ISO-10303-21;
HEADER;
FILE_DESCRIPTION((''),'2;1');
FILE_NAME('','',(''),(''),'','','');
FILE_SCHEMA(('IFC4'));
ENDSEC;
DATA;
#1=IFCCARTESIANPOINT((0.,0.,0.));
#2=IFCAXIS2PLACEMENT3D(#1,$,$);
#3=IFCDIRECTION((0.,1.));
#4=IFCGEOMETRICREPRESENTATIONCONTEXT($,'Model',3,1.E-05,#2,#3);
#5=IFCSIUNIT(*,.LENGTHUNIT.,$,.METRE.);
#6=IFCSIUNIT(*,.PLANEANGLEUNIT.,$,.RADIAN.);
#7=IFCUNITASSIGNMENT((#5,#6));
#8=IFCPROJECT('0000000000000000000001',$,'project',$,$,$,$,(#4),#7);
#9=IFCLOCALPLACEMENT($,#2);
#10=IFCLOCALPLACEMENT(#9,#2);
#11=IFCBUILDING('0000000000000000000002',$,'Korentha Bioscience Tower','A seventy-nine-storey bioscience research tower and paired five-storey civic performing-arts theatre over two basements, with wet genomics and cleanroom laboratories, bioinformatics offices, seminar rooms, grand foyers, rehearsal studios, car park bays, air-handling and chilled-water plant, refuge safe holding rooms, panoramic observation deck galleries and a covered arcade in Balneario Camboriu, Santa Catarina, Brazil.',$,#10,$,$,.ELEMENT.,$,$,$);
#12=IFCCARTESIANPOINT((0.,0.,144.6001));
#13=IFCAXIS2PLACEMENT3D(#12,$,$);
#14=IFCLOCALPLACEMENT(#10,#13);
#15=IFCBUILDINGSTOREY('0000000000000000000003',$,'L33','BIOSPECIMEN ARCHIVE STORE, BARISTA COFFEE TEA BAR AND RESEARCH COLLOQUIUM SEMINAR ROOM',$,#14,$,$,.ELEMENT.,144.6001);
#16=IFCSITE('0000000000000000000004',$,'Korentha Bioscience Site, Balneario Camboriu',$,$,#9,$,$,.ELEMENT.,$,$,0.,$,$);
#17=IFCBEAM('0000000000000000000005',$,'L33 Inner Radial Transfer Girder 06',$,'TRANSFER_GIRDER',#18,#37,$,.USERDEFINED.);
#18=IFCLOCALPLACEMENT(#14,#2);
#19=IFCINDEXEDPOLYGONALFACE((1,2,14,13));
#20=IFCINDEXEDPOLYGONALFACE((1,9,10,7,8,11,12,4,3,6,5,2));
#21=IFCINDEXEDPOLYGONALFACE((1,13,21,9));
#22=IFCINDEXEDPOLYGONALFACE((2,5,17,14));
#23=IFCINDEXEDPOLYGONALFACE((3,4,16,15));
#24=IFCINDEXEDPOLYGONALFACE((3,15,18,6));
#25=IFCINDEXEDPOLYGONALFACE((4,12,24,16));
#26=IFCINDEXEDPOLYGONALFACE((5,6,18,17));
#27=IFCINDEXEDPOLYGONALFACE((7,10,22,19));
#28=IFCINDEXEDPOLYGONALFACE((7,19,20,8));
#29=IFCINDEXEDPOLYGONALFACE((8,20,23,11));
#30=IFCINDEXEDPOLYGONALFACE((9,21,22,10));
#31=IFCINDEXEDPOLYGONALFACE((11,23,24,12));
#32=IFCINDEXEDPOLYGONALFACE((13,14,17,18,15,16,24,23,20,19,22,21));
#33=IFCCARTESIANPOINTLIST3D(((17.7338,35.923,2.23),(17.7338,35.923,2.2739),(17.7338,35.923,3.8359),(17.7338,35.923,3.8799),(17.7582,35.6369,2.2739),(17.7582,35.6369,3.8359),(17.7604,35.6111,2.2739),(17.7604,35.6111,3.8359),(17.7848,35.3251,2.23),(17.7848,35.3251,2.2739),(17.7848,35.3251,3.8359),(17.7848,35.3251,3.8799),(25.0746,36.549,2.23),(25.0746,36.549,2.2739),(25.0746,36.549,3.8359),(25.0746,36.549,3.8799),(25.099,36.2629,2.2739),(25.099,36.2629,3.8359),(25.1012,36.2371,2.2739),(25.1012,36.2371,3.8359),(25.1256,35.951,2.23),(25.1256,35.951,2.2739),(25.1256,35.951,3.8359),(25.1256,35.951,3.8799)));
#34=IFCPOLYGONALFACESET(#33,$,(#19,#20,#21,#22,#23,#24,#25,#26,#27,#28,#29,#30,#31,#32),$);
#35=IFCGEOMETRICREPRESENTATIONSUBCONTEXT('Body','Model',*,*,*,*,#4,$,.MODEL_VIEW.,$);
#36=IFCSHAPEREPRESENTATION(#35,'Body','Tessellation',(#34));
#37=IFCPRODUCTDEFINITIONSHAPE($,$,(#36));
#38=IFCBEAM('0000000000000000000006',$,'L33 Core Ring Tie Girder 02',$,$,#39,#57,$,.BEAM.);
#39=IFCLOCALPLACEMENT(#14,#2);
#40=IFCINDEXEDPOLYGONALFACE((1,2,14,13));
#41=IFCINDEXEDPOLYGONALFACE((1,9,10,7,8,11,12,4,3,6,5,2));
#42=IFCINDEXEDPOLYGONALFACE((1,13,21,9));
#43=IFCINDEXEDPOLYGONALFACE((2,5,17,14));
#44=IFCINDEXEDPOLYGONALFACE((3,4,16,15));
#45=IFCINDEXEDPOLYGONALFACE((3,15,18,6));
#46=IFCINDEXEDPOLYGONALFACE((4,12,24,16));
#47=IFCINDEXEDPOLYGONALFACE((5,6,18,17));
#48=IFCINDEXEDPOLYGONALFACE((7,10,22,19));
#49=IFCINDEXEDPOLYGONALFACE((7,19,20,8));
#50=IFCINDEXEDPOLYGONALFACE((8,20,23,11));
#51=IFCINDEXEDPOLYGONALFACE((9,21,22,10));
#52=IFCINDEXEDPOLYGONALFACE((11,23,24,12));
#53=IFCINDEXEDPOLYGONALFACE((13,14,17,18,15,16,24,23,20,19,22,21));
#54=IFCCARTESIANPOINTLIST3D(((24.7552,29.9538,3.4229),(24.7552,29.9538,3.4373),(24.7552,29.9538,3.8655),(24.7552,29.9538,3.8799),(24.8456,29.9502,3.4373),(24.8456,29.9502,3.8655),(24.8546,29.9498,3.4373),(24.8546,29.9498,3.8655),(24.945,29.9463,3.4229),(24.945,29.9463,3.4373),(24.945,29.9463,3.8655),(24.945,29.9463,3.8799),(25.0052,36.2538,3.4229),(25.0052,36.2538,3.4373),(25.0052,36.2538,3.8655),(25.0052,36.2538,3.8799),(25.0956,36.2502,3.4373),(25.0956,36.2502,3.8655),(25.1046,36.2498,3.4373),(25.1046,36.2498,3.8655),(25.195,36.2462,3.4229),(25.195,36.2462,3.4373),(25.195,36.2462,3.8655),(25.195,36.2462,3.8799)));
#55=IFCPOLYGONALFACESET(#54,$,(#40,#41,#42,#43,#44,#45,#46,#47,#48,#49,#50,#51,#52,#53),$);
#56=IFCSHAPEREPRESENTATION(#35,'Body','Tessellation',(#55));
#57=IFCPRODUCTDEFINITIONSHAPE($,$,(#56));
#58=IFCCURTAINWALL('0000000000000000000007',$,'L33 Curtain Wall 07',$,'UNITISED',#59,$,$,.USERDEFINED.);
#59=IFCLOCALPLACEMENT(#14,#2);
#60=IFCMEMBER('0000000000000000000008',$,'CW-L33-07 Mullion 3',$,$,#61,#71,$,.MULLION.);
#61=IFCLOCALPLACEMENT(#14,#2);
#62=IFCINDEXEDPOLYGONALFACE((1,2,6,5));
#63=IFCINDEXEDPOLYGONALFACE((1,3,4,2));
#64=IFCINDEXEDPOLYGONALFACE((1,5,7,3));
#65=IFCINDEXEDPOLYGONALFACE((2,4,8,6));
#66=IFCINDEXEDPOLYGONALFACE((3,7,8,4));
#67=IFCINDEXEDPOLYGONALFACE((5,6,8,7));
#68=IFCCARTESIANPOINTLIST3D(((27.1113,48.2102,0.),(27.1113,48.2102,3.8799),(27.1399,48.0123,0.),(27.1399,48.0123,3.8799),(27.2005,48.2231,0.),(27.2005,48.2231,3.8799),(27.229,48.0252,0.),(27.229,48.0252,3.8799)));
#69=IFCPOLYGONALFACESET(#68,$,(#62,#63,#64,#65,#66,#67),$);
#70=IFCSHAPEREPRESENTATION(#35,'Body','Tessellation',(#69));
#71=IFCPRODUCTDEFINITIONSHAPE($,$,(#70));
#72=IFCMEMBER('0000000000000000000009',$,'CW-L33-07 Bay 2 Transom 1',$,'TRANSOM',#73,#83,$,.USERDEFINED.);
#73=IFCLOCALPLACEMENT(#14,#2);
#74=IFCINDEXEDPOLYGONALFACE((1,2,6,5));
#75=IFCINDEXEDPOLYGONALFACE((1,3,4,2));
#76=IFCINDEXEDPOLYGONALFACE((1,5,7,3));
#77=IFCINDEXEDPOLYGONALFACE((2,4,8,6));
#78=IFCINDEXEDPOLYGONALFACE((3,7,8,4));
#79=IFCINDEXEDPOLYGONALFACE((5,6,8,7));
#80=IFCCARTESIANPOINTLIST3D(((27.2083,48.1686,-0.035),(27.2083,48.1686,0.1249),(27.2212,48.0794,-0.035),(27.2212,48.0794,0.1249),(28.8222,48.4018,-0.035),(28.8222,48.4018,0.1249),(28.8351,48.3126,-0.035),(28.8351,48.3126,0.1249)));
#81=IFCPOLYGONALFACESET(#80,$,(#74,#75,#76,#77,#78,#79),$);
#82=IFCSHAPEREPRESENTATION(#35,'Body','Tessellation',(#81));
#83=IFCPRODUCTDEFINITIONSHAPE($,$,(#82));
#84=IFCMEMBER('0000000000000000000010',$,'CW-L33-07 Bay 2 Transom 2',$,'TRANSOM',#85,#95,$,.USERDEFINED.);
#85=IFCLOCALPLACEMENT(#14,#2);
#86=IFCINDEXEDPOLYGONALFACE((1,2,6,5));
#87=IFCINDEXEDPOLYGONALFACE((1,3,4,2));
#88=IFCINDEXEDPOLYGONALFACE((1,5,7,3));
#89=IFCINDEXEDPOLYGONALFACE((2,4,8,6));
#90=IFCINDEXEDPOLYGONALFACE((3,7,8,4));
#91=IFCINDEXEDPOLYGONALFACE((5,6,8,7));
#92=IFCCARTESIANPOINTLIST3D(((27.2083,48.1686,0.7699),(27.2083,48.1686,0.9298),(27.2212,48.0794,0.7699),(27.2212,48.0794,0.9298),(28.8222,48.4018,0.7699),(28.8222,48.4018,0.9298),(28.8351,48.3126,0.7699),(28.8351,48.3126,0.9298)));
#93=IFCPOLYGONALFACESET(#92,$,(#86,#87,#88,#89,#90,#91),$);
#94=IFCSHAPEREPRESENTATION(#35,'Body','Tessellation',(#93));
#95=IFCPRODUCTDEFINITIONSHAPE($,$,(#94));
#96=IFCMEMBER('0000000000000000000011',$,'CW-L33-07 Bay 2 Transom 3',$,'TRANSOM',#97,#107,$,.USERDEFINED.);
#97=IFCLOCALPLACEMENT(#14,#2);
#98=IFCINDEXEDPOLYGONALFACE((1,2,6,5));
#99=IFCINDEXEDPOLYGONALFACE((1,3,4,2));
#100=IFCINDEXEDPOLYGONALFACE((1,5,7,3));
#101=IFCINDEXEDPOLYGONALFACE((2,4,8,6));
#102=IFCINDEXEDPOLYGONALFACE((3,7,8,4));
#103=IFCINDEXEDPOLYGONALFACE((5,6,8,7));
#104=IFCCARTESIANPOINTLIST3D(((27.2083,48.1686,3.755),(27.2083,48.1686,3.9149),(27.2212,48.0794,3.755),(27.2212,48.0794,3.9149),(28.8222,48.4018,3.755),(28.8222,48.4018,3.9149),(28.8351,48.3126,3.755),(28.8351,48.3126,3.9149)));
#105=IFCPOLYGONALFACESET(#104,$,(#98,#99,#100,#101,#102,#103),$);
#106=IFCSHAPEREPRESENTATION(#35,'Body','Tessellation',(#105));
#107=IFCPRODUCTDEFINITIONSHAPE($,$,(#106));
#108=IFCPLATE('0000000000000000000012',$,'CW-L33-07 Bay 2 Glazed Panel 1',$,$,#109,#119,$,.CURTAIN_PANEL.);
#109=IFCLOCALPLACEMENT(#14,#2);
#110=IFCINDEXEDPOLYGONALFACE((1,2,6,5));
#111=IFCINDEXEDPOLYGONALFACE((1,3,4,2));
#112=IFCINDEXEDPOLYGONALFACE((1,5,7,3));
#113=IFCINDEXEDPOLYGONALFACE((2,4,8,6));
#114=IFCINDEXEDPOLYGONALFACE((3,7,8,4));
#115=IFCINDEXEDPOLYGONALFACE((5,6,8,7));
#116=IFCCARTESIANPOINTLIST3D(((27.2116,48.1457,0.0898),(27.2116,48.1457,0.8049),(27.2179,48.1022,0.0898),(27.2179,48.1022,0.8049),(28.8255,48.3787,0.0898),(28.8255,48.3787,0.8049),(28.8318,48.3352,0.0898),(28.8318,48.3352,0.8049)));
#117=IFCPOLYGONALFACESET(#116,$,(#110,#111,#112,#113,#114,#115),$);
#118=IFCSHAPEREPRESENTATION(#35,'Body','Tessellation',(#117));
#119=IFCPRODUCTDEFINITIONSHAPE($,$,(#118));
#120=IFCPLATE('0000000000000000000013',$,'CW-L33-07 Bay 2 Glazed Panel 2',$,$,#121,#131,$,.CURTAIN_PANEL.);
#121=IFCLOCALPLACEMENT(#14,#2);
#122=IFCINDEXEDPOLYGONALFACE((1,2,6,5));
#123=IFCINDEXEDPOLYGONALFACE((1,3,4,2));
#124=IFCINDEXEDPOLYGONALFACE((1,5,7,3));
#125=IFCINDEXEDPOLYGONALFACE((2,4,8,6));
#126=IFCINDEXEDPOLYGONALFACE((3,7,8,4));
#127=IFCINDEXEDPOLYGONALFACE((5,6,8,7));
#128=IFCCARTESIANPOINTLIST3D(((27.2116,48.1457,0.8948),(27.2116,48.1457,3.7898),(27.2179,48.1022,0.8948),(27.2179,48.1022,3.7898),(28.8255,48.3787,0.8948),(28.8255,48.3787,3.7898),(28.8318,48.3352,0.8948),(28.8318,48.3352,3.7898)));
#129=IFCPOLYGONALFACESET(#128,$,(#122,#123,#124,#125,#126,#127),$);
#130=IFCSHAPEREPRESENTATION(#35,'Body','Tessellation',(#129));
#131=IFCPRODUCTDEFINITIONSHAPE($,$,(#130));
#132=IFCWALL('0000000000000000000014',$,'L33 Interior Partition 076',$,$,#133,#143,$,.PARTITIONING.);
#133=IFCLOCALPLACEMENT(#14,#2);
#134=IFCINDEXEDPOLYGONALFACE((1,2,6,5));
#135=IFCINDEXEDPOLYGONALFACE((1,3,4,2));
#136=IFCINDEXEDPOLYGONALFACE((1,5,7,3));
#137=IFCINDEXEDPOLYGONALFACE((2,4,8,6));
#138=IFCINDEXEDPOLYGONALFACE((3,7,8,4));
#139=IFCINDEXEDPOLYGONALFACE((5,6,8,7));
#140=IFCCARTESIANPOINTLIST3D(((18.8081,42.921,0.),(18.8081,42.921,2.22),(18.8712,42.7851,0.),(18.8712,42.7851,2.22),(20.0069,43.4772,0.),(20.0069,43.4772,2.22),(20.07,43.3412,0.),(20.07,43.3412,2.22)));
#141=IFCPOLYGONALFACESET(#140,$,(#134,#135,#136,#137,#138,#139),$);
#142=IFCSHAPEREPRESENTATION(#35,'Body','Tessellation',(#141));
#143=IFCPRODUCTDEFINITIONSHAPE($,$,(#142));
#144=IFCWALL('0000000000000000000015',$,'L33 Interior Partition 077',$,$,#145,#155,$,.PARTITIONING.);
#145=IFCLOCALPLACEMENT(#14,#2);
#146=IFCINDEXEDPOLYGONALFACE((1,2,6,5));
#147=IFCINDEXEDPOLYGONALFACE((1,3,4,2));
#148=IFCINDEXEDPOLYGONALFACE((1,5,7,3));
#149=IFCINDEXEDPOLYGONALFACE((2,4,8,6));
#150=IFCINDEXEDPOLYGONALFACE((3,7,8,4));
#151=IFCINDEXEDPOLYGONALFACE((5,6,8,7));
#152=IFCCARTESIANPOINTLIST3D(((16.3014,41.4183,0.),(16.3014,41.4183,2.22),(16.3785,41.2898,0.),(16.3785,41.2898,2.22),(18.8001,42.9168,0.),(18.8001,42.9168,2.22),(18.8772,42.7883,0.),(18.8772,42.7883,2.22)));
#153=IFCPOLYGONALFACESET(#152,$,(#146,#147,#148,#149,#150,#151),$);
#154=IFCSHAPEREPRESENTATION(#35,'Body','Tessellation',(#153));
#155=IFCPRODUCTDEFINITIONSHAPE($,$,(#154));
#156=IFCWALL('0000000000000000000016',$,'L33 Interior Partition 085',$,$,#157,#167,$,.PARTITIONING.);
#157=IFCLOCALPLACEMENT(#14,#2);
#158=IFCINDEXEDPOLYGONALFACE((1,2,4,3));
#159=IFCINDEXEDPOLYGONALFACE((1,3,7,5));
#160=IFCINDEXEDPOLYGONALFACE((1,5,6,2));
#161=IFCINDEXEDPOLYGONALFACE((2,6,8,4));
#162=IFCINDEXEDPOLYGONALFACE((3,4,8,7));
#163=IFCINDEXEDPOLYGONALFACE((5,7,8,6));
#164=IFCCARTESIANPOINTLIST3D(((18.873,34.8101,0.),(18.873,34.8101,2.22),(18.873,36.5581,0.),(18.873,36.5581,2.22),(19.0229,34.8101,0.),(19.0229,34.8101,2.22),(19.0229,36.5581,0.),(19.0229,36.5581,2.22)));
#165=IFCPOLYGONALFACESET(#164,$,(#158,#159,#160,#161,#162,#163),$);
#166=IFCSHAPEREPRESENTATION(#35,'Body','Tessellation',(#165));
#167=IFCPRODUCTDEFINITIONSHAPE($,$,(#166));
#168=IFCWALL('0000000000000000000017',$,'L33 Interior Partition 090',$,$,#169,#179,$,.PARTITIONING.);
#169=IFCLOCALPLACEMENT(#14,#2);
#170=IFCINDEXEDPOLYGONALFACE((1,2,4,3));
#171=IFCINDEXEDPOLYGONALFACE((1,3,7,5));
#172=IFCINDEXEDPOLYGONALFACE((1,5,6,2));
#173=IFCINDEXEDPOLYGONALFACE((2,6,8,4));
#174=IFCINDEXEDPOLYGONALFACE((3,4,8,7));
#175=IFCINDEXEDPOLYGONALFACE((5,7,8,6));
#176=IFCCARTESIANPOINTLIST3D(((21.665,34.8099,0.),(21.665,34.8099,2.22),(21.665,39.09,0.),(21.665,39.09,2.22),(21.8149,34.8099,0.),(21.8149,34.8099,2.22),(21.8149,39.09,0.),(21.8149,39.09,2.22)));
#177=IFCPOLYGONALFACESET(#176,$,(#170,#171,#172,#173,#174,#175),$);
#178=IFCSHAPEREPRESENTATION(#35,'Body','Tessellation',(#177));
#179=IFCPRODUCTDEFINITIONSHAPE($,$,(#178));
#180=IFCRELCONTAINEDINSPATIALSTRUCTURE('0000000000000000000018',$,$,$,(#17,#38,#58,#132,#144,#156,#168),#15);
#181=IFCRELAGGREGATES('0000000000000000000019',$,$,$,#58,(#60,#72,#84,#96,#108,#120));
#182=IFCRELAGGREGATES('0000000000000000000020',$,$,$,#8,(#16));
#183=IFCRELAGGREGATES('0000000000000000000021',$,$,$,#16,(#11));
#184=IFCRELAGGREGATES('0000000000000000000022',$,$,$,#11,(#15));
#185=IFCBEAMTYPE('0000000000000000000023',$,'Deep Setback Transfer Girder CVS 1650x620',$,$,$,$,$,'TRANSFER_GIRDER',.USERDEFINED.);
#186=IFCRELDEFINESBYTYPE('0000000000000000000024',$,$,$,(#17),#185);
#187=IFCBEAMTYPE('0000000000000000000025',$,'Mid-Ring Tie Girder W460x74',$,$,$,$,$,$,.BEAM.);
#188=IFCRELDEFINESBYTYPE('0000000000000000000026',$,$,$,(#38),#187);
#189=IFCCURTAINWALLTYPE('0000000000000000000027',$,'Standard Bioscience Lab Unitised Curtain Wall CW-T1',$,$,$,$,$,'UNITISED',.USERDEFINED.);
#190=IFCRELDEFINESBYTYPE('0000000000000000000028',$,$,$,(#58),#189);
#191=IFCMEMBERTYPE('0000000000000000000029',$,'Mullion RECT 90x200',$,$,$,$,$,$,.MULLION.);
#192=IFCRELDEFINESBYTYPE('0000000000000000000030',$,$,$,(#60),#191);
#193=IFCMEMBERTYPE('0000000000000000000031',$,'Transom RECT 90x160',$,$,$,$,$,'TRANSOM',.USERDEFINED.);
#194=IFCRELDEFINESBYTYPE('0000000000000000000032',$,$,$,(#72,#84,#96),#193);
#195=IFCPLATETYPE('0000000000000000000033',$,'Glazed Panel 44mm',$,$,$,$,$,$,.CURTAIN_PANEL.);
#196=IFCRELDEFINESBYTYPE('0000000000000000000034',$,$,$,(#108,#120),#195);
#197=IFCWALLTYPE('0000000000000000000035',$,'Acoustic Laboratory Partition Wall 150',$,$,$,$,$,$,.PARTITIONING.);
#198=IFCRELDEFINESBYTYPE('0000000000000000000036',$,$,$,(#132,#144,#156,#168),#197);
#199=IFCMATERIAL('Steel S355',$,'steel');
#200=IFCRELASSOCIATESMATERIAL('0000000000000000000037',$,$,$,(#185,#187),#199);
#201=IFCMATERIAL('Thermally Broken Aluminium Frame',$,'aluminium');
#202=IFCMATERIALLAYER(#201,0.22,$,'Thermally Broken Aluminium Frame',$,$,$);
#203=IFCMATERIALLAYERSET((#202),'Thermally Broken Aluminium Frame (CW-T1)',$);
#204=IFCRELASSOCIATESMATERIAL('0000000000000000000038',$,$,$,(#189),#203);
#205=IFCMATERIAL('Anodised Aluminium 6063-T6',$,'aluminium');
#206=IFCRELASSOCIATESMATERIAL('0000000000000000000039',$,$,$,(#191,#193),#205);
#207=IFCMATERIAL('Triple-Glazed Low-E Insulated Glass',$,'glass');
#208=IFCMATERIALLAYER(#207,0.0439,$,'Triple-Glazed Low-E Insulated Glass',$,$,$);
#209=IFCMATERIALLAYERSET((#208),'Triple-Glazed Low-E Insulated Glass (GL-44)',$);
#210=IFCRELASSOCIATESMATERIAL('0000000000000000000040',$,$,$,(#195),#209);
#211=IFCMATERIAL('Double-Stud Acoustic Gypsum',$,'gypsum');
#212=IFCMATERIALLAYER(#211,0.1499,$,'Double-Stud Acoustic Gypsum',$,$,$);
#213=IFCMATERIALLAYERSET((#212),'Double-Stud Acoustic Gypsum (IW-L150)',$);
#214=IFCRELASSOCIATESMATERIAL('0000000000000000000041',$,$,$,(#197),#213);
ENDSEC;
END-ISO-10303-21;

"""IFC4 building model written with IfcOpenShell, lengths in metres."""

from ifc_helpers import new_model, si_unit, direction, frame, frame_2d, origin, origin_2d, place, context, subcontext, project, spatial, rectangle, i_section, extrude, material, layer, layer_set, material_profile, profile_set, type_object, element, aggregate, save


model = new_model("IFC4")

# Units and contexts
model_context = context("Model", 3, precision=1e-05, world=origin(), true_north=direction((0.0, 1.0)))
body_context = subcontext(model_context, "Body", "Model", "MODEL_VIEW")
ifc_project = project(units=[si_unit("LENGTHUNIT", "METRE"), si_unit("PLANEANGLEUNIT", "RADIAN")], contexts=[model_context])

# Site, building, storey
site_placement = place(None, origin())
site = spatial("IfcSite", under=ifc_project, at=site_placement, Name="Korentha Bioscience Site, Balneario Camboriu", CompositionType="ELEMENT", RefElevation=0.0)
building_placement = place(site_placement, origin())
building = spatial("IfcBuilding", under=site, at=building_placement, Name="Korentha Bioscience Tower", Description="A seventy-nine-storey bioscience research tower and paired five-storey civic performing-arts theatre over two basements, with wet genomics and cleanroom laboratories, bioinformatics offices, seminar rooms, grand foyers, rehearsal studios, car park bays, air-handling and chilled-water plant, refuge safe holding rooms, panoramic observation deck galleries and a covered arcade in Balneario Camboriu, Santa Catarina, Brazil.", CompositionType="ELEMENT")
storey_placement = place(building_placement, frame((0.0, 0.0, 144.6001)))
storey = spatial("IfcBuildingStorey", under=building, at=storey_placement, Name="L33", Description="BIOSPECIMEN ARCHIVE STORE, BARISTA COFFEE TEA BAR AND RESEARCH COLLOQUIUM SEMINAR ROOM", CompositionType="ELEMENT", Elevation=144.6001)

# Beams
ifc_material_1 = material(Name="Steel S355", Category="steel")
ifc_material_profile_1 = material_profile(ifc_material_1, i_section(OverallWidth=0.6001, OverallDepth=1.6499, WebThickness=0.0259, FlangeThickness=0.0439, at=origin_2d()), Name="Steel S355")
ifc_profile_set_1 = profile_set([ifc_material_profile_1], Name="Steel S355 (TG-04)")
beam_type_1 = type_object("IfcBeamType", Name="Deep Setback Transfer Girder CVS 1650x620", ElementType="TRANSFER_GIRDER", PredefinedType="USERDEFINED", material=ifc_profile_set_1)
beam_1_placement = place(storey_placement, frame((25.1001, 36.25, 3.0549), z_axis=(-0.996384, -0.084965, 0.0), x_axis=(0.084965, -0.996384, 0.0)))
element("IfcBeam", 1, at=beam_1_placement, inside=storey, type_object=beam_type_1, Name="L33 Inner Radial Transfer Girder 06", ObjectType="TRANSFER_GIRDER", PredefinedType="USERDEFINED", context=body_context, shape_type="SweptSolid", body=[
    extrude(i_section(OverallWidth=0.6001, OverallDepth=1.6499, WebThickness=0.0259, FlangeThickness=0.0439, at=origin_2d()), origin(), (0.0, 0.0, 1.0), 7.3674),
])
ifc_material_profile_2 = material_profile(ifc_material_1, i_section(OverallWidth=0.1899, OverallDepth=0.457, WebThickness=0.009, FlangeThickness=0.0144, at=origin_2d()), Name="Steel S355")
ifc_profile_set_2 = profile_set([ifc_material_profile_2], Name="Steel S355 (MB-460)")
beam_type_2 = type_object("IfcBeamType", Name="Mid-Ring Tie Girder W460x74", PredefinedType="BEAM", material=ifc_profile_set_2)
beam_2_placement = place(storey_placement, frame((25.1001, 36.25, 3.6514), z_axis=(-0.039651, -0.999214, 0.0), x_axis=(0.999214, -0.039651, 0.0)))
element("IfcBeam", 2, at=beam_2_placement, inside=storey, type_object=beam_type_2, Name="L33 Core Ring Tie Girder 02", PredefinedType="BEAM", context=body_context, shape_type="SweptSolid", body=[
    extrude(i_section(OverallWidth=0.1899, OverallDepth=0.457, WebThickness=0.009, FlangeThickness=0.0144, at=origin_2d()), origin(), (0.0, 0.0, 1.0), 6.3049),
])

# Curtain wall, members, plates
ifc_material_2 = material(Name="Thermally Broken Aluminium Frame", Category="aluminium")
ifc_layer_1 = layer(ifc_material_2, 0.22, Name="Thermally Broken Aluminium Frame")
ifc_layer_set_1 = layer_set([ifc_layer_1], Name="Thermally Broken Aluminium Frame (CW-T1)")
curtain_wall_type = type_object("IfcCurtainWallType", Name="Standard Bioscience Lab Unitised Curtain Wall CW-T1", ElementType="UNITISED", PredefinedType="USERDEFINED", material=ifc_layer_set_1)
curtain_wall_placement = place(storey_placement, origin())
curtain_wall = element("IfcCurtainWall", 3, at=curtain_wall_placement, inside=storey, type_object=curtain_wall_type, Name="L33 Curtain Wall 07", ObjectType="UNITISED", PredefinedType="USERDEFINED")
ifc_material_3 = material(Name="Anodised Aluminium 6063-T6", Category="aluminium")
ifc_material_profile_3 = material_profile(ifc_material_3, rectangle(XDim=0.0901, YDim=0.2, at=origin_2d()), Name="Anodised Aluminium 6063-T6")
ifc_profile_set_3 = profile_set([ifc_material_profile_3], Name="Anodised Aluminium 6063-T6 (CW-MUL)")
member_type_1 = type_object("IfcMemberType", Name="Mullion RECT 90x200", PredefinedType="MULLION", material=ifc_profile_set_3)
member_1_placement = place(storey_placement, frame((27.1702, 48.1177, 0.0), z_axis=(0.0, 0.0, 1.0), x_axis=(-0.989738, -0.142892, 0.0)))
member_1 = element("IfcMember", 4, at=member_1_placement, type_object=member_type_1, Name="CW-L33-07 Mullion 3", PredefinedType="MULLION", context=body_context, shape_type="SweptSolid", body=[
    extrude(rectangle(XDim=0.0901, YDim=0.2, at=origin_2d()), origin(), (0.0, 0.0, 1.0), 3.8799),
])
ifc_material_profile_4 = material_profile(ifc_material_3, rectangle(XDim=0.0901, YDim=0.1599, at=origin_2d()), Name="Anodised Aluminium 6063-T6")
ifc_profile_set_4 = profile_set([ifc_material_profile_4], Name="Anodised Aluminium 6063-T6 (CW-TRN)")
member_type_2 = type_object("IfcMemberType", Name="Transom RECT 90x160", ElementType="TRANSOM", PredefinedType="USERDEFINED", material=ifc_profile_set_4)
member_2_placement = place(storey_placement, frame((28.8286, 48.3572, 0.0449), z_axis=(-0.989724, -0.142993, 0.0), x_axis=(0.142993, -0.989724, 0.0)))
member_2 = element("IfcMember", 5, at=member_2_placement, type_object=member_type_2, Name="CW-L33-07 Bay 2 Transom 1", ObjectType="TRANSOM", PredefinedType="USERDEFINED", context=body_context, shape_type="SweptSolid", body=[
    extrude(rectangle(XDim=0.0901, YDim=0.1599, at=origin_2d()), origin(), (0.0, 0.0, 1.0), 1.6306),
])
member_3_placement = place(storey_placement, frame((28.8286, 48.3572, 0.8499), z_axis=(-0.989724, -0.142993, 0.0), x_axis=(0.142993, -0.989724, 0.0)))
member_3 = element("IfcMember", 6, at=member_3_placement, type_object=member_type_2, Name="CW-L33-07 Bay 2 Transom 2", ObjectType="TRANSOM", PredefinedType="USERDEFINED", context=body_context, shape_type="SweptSolid", body=[
    extrude(rectangle(XDim=0.0901, YDim=0.1599, at=origin_2d()), origin(), (0.0, 0.0, 1.0), 1.6306),
])
member_4_placement = place(storey_placement, frame((28.8286, 48.3572, 3.835), z_axis=(-0.989724, -0.142993, 0.0), x_axis=(0.142993, -0.989724, 0.0)))
member_4 = element("IfcMember", 7, at=member_4_placement, type_object=member_type_2, Name="CW-L33-07 Bay 2 Transom 3", ObjectType="TRANSOM", PredefinedType="USERDEFINED", context=body_context, shape_type="SweptSolid", body=[
    extrude(rectangle(XDim=0.0901, YDim=0.1599, at=origin_2d()), origin(), (0.0, 0.0, 1.0), 1.6306),
])
ifc_material_4 = material(Name="Triple-Glazed Low-E Insulated Glass", Category="glass")
ifc_layer_2 = layer(ifc_material_4, 0.0439, Name="Triple-Glazed Low-E Insulated Glass")
ifc_layer_set_2 = layer_set([ifc_layer_2], Name="Triple-Glazed Low-E Insulated Glass (GL-44)")
plate_type = type_object("IfcPlateType", Name="Glazed Panel 44mm", PredefinedType="CURTAIN_PANEL", material=ifc_layer_set_2)
plate_1_placement = place(storey_placement, frame((28.0217, 48.2405, 0.0898), z_axis=(0.0, 0.0, 1.0), x_axis=(-0.989738, -0.142892, 0.0)))
plate_1 = element("IfcPlate", 8, at=plate_1_placement, type_object=plate_type, Name="CW-L33-07 Bay 2 Glazed Panel 1", PredefinedType="CURTAIN_PANEL", context=body_context, shape_type="SweptSolid", body=[
    extrude(rectangle(XDim=1.6306, YDim=0.0439, at=origin_2d()), origin(), (0.0, 0.0, 1.0), 0.7151),
])
plate_2_placement = place(storey_placement, frame((28.0217, 48.2405, 0.8948), z_axis=(0.0, 0.0, 1.0), x_axis=(-0.989738, -0.142892, 0.0)))
plate_2 = element("IfcPlate", 9, at=plate_2_placement, type_object=plate_type, Name="CW-L33-07 Bay 2 Glazed Panel 2", PredefinedType="CURTAIN_PANEL", context=body_context, shape_type="SweptSolid", body=[
    extrude(rectangle(XDim=1.6306, YDim=0.0439, at=origin_2d()), origin(), (0.0, 0.0, 1.0), 2.895),
])
aggregate(curtain_wall, [member_1, member_2, member_3, member_4, plate_1, plate_2])

# Walls
ifc_material_5 = material(Name="Double-Stud Acoustic Gypsum", Category="gypsum")
ifc_layer_3 = layer(ifc_material_5, 0.1499, Name="Double-Stud Acoustic Gypsum")
ifc_layer_set_3 = layer_set([ifc_layer_3], Name="Double-Stud Acoustic Gypsum (IW-L150)")
wall_type_1 = type_object("IfcWallType", Name="Acoustic Laboratory Partition Wall 150", PredefinedType="PARTITIONING", material=ifc_layer_set_3)
wall_1_placement = place(storey_placement, frame((20.0383, 43.4092, 0.0), z_axis=(0.0, 0.0, 1.0), x_axis=(-0.907125, -0.420862, 0.0)))
element("IfcWall", 10, at=wall_1_placement, inside=storey, type_object=wall_type_1, Name="L33 Interior Partition 076", PredefinedType="PARTITIONING", context=body_context, shape_type="SweptSolid", body=[
    extrude(rectangle(XDim=1.3215, YDim=0.1499, at=frame_2d((0.6606, 0.0))), origin(), (0.0, 0.0, 1.0), 2.22),
])
wall_2_placement = place(storey_placement, frame((18.8386, 42.8525, 0.0), z_axis=(0.0, 0.0, 1.0), x_axis=(-0.857604, -0.514311, 0.0)))
element("IfcWall", 11, at=wall_2_placement, inside=storey, type_object=wall_type_1, Name="L33 Interior Partition 077", PredefinedType="PARTITIONING", context=body_context, shape_type="SweptSolid", body=[
    extrude(rectangle(XDim=2.9136, YDim=0.1499, at=frame_2d((1.4568, 0.0))), origin(), (0.0, 0.0, 1.0), 2.22),
])
wall_3_placement = place(storey_placement, frame((18.948, 36.5581, 0.0), z_axis=(0.0, 0.0, 1.0), x_axis=(0.0, -1.0, 0.0)))
element("IfcWall", 12, at=wall_3_placement, inside=storey, type_object=wall_type_1, Name="L33 Interior Partition 085", PredefinedType="PARTITIONING", context=body_context, shape_type="SweptSolid", body=[
    extrude(rectangle(XDim=1.748, YDim=0.1499, at=frame_2d((0.874, 0.0))), origin(), (0.0, 0.0, 1.0), 2.22),
])
wall_4_placement = place(storey_placement, frame((21.74, 39.0901, 0.0), z_axis=(0.0, 0.0, 1.0), x_axis=(0.0, -1.0, 0.0)))
element("IfcWall", 13, at=wall_4_placement, inside=storey, type_object=wall_type_1, Name="L33 Interior Partition 090", PredefinedType="PARTITIONING", context=body_context, shape_type="SweptSolid", body=[
    extrude(rectangle(XDim=4.28, YDim=0.1499, at=frame_2d((2.1401, 0.0))), origin(), (0.0, 0.0, 1.0), 2.22),
])

save(model, "model.ifc")
